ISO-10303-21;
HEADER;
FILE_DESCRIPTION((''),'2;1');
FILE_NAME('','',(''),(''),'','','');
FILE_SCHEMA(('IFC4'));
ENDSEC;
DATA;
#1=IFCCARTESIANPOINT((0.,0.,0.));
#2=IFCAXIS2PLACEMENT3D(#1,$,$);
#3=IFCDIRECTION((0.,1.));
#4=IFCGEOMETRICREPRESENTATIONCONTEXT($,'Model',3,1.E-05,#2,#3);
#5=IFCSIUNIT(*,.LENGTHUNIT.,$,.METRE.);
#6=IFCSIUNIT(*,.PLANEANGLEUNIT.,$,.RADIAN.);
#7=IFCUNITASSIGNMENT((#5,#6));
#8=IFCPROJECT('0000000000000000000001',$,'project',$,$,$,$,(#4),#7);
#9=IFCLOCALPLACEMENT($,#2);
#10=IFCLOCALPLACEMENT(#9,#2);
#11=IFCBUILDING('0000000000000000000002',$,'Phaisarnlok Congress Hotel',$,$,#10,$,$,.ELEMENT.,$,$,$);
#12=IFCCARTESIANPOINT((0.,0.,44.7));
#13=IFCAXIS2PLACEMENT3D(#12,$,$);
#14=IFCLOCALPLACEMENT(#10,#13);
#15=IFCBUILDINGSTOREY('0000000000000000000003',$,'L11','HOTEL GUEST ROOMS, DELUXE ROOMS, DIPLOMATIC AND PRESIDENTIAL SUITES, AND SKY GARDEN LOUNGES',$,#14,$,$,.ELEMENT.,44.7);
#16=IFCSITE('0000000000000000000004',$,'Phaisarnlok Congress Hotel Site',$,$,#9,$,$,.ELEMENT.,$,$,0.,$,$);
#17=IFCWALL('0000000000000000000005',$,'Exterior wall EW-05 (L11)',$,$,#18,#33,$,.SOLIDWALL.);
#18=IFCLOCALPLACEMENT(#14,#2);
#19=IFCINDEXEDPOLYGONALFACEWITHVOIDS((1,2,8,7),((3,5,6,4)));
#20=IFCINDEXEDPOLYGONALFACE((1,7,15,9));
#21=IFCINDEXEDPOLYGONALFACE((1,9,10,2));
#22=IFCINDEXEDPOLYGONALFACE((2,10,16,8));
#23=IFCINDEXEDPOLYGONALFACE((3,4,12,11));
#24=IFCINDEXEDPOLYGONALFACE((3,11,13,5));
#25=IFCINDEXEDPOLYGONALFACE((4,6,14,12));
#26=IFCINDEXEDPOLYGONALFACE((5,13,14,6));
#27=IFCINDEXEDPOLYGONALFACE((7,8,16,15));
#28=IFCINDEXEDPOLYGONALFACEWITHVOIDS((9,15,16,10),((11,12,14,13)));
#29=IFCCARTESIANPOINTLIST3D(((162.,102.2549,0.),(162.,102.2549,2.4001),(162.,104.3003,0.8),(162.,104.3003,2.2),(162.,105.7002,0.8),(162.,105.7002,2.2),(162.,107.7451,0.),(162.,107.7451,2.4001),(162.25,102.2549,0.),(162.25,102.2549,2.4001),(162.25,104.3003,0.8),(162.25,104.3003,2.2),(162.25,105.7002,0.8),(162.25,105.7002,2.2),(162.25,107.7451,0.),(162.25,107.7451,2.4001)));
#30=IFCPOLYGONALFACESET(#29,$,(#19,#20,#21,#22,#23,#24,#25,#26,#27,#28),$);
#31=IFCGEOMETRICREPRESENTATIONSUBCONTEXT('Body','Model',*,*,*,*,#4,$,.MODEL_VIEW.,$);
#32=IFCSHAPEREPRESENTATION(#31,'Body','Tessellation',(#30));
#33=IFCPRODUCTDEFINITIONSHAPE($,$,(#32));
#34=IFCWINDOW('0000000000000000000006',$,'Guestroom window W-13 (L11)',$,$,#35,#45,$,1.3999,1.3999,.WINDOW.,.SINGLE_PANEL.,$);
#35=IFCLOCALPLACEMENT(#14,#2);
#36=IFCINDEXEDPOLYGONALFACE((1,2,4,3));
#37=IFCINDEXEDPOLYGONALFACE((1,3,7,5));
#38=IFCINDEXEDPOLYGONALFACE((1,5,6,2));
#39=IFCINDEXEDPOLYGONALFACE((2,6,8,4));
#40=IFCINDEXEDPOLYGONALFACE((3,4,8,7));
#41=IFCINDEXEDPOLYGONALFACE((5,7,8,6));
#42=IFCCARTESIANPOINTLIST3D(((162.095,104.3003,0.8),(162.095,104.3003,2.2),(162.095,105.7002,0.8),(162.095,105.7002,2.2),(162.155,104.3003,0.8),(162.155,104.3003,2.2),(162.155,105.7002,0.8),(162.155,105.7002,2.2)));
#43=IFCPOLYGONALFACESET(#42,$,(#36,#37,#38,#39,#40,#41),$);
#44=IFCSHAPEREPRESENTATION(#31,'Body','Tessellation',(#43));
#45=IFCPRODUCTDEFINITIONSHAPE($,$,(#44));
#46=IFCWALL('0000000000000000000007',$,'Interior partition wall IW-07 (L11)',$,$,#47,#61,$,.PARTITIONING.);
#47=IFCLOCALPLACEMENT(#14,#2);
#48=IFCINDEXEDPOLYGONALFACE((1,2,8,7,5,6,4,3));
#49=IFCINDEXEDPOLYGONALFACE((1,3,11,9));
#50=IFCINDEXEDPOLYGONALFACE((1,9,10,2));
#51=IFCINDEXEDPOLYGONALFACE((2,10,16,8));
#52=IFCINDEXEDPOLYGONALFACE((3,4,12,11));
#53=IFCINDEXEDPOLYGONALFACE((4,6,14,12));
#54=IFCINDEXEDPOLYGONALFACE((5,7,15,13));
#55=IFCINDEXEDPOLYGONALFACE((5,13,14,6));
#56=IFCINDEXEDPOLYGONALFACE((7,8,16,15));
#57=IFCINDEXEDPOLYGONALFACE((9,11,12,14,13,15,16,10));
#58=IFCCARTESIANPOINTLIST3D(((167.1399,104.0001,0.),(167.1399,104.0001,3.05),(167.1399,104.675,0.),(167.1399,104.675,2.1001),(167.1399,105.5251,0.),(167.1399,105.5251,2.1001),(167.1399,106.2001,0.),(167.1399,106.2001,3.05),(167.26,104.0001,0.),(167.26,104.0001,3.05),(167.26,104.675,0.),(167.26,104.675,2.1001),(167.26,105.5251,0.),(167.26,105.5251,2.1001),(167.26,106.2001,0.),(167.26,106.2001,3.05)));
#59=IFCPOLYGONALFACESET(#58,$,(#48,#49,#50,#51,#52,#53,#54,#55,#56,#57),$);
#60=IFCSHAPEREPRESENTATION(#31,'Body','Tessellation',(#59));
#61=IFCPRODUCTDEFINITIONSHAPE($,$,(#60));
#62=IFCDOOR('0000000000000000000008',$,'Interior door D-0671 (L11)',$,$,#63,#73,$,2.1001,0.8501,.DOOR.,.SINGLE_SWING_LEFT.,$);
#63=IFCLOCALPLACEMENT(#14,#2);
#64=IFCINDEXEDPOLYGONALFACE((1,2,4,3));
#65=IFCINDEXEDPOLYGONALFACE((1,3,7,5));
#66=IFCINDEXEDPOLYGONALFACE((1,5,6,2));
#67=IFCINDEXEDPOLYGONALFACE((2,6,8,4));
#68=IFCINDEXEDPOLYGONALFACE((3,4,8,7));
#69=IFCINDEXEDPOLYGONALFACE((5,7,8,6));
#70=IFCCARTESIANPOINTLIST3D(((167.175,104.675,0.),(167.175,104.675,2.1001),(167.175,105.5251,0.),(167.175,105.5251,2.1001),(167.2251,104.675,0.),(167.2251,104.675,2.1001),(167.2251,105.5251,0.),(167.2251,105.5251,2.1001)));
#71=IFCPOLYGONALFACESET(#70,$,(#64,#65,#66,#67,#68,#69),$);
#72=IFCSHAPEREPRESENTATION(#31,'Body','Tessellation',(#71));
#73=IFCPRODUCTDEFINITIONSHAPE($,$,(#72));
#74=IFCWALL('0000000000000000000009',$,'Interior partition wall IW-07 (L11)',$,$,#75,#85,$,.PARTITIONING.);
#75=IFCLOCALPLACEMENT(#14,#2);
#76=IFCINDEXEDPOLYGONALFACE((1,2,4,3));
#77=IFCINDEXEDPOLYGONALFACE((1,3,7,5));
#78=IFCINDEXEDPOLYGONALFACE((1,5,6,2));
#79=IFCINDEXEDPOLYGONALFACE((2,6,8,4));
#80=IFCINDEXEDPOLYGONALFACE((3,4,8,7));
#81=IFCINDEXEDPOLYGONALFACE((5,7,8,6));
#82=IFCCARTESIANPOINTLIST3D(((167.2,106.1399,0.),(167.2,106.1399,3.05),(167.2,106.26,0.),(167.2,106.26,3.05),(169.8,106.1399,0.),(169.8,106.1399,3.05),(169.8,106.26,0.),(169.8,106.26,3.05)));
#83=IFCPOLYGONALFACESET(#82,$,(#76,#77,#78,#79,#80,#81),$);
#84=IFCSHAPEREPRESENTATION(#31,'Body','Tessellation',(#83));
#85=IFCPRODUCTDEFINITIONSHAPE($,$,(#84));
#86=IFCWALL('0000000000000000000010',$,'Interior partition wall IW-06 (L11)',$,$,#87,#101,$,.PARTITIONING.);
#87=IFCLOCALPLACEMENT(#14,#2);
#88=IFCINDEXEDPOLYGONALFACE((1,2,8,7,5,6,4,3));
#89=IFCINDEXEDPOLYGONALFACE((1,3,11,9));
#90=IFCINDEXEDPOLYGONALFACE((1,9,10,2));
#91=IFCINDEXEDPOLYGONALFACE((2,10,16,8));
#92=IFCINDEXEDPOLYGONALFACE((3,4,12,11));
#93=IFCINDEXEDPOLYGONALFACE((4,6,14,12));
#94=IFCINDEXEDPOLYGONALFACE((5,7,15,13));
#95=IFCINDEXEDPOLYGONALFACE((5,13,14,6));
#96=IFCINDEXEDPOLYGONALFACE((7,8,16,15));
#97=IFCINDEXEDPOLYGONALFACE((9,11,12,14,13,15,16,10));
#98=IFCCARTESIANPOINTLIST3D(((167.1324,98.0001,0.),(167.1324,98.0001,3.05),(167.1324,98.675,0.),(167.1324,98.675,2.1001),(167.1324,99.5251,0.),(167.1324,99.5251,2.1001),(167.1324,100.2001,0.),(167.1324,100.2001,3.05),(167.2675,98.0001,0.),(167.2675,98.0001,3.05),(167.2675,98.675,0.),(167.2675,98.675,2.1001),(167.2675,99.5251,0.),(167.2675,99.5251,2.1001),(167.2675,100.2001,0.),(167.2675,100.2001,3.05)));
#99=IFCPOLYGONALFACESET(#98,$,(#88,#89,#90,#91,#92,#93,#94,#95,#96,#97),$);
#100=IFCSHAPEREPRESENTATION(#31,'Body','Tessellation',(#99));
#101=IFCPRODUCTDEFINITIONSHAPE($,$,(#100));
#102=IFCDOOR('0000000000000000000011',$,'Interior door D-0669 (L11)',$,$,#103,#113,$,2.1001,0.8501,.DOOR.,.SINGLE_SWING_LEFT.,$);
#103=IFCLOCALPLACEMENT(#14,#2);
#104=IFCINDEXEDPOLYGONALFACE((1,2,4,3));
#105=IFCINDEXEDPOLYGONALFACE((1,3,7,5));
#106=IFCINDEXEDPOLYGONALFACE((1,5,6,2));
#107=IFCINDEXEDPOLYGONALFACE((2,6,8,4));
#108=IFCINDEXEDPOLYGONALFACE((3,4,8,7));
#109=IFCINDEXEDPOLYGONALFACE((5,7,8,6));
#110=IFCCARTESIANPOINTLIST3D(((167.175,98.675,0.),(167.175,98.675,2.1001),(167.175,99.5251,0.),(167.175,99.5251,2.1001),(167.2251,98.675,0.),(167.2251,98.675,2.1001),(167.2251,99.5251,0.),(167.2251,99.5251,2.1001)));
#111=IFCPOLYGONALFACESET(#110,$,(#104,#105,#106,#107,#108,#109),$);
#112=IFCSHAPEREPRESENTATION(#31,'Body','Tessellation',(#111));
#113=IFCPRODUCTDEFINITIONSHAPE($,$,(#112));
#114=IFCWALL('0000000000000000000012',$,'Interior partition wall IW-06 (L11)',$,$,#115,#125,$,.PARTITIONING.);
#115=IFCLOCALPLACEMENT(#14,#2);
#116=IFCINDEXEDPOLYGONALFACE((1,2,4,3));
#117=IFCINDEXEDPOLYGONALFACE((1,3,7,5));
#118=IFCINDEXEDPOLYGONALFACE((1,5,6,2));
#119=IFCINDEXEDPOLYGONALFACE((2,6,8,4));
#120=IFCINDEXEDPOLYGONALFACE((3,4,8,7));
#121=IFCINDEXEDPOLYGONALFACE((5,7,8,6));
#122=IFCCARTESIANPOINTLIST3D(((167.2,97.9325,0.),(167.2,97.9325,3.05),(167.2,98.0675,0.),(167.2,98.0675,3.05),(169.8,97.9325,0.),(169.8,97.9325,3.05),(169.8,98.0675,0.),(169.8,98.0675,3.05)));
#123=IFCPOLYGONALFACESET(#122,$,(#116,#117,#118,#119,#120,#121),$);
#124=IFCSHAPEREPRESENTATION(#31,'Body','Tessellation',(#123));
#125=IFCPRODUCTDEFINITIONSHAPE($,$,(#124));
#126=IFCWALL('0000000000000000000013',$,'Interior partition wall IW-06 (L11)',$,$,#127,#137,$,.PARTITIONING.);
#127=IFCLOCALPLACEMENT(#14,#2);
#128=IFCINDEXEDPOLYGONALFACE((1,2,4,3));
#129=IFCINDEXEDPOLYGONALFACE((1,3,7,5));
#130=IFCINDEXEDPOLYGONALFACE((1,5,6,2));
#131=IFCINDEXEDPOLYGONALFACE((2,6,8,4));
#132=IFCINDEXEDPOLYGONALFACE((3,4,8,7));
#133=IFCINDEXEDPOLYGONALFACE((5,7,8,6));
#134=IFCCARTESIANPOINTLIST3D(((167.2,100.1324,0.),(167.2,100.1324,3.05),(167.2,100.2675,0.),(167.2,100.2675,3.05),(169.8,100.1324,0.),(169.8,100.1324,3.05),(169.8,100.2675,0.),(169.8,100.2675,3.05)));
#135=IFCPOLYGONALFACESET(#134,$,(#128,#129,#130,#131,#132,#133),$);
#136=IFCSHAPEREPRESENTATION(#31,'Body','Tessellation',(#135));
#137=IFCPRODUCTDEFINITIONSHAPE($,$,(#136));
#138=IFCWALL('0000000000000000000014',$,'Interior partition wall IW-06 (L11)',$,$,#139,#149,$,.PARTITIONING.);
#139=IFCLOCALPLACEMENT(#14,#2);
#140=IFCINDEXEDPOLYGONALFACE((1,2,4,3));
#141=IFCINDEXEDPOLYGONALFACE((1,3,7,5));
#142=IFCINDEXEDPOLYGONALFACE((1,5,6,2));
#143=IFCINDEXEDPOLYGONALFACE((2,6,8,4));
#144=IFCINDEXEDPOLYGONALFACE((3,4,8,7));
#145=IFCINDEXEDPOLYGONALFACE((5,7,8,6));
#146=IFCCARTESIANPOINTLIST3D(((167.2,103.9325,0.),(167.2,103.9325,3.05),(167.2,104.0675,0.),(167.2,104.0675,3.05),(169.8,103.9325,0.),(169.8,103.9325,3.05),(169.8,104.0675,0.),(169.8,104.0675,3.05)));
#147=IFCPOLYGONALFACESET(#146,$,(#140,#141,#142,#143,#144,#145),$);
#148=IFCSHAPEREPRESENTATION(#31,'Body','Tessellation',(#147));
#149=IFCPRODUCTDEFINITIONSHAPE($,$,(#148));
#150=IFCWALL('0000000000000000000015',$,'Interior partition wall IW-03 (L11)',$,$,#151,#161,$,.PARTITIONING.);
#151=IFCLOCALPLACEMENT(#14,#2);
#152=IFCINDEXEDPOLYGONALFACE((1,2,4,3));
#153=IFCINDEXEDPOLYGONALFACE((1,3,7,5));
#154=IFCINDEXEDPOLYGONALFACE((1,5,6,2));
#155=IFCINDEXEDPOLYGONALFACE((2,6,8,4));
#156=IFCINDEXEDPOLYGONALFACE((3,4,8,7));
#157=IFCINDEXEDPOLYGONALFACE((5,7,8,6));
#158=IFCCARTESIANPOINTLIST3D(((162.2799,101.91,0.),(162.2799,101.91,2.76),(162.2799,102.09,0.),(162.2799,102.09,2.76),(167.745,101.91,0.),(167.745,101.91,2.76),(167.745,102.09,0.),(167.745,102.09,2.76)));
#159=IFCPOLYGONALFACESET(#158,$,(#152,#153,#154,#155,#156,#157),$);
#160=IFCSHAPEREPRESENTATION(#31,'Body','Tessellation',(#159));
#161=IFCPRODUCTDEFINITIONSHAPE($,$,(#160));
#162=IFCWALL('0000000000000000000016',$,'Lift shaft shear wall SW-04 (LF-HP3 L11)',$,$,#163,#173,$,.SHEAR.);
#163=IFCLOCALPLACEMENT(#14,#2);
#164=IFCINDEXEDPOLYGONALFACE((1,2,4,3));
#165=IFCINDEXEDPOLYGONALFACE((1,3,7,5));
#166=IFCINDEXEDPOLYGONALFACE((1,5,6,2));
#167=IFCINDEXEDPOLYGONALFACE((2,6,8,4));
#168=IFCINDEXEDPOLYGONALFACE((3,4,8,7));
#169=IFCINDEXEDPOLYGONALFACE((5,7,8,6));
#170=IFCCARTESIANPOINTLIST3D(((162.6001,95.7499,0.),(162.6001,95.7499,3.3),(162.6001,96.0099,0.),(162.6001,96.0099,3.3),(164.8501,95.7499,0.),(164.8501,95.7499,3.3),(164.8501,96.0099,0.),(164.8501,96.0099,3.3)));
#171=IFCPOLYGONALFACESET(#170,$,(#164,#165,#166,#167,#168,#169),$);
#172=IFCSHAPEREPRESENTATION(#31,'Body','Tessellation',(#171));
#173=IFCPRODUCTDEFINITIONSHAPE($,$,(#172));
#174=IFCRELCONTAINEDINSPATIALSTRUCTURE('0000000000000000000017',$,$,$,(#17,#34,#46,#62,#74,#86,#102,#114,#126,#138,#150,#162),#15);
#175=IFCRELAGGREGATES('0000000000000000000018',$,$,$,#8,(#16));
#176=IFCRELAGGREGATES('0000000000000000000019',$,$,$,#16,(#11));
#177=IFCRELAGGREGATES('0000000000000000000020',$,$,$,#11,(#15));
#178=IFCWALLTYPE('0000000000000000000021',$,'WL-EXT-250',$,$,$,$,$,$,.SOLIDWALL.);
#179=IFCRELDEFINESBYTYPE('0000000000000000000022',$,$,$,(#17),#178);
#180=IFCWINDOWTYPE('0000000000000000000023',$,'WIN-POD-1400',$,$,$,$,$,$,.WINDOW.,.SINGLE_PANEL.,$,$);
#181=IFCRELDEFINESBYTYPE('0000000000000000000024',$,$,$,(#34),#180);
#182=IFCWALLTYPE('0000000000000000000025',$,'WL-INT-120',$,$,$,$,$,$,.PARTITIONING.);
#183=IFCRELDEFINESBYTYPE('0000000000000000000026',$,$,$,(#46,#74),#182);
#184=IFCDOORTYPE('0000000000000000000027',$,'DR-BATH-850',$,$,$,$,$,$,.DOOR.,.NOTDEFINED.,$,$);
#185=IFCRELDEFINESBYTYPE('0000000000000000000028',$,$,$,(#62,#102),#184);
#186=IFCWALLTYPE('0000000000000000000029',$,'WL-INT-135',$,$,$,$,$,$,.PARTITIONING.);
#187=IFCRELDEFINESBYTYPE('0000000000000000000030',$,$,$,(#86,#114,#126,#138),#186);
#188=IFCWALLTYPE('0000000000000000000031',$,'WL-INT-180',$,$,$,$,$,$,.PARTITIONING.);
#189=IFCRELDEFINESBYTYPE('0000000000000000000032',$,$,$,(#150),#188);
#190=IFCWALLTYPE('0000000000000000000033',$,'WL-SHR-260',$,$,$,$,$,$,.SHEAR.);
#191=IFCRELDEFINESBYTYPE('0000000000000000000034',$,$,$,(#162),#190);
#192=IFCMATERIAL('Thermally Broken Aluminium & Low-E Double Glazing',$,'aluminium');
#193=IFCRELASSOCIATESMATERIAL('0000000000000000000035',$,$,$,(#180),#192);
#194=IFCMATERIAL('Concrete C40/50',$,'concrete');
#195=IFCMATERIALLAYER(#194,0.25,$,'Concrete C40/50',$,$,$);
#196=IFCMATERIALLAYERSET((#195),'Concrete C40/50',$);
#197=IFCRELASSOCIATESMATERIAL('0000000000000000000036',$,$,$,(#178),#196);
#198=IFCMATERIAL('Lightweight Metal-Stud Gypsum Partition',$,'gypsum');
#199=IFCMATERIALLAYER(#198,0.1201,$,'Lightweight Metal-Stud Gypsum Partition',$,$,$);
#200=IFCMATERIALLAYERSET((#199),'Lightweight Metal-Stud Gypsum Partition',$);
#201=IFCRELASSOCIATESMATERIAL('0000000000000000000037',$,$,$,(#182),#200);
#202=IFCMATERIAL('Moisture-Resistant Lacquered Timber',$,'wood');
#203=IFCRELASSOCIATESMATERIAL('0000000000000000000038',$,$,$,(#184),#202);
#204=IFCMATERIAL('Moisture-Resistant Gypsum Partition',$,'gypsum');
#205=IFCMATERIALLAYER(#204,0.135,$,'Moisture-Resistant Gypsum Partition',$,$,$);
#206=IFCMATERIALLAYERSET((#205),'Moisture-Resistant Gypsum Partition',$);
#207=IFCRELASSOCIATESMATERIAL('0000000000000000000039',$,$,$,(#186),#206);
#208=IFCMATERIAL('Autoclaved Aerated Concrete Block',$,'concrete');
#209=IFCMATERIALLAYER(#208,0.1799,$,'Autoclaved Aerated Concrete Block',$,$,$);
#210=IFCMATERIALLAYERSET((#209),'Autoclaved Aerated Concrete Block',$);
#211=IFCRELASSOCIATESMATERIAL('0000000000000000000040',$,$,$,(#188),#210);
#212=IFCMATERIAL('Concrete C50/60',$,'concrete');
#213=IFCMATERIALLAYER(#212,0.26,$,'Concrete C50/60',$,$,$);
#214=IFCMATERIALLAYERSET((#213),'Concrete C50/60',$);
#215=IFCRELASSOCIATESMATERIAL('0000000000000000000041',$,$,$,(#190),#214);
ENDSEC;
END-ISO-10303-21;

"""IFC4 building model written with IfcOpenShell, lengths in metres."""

from ifc_helpers import new_model, si_unit, direction, frame, frame_2d, origin, place, context, subcontext, project, spatial, rectangle, extrude, material, layer, layer_set, type_object, element, fill, save


model = new_model("IFC4")

# Units and contexts
model_context = context("Model", 3, precision=1e-05, world=origin(), true_north=direction((0.0, 1.0)))
body_context = subcontext(model_context, "Body", "Model", "MODEL_VIEW")
ifc_project = project(units=[si_unit("LENGTHUNIT", "METRE"), si_unit("PLANEANGLEUNIT", "RADIAN")], contexts=[model_context])

# Site, building, storey
site_placement = place(None, origin())
site = spatial("IfcSite", under=ifc_project, at=site_placement, Name="Phaisarnlok Congress Hotel Site", CompositionType="ELEMENT", RefElevation=0.0)
building_placement = place(site_placement, origin())
building = spatial("IfcBuilding", under=site, at=building_placement, Name="Phaisarnlok Congress Hotel", CompositionType="ELEMENT")
storey_placement = place(building_placement, frame((0.0, 0.0, 44.7)))
storey = spatial("IfcBuildingStorey", under=building, at=storey_placement, Name="L11", Description="HOTEL GUEST ROOMS, DELUXE ROOMS, DIPLOMATIC AND PRESIDENTIAL SUITES, AND SKY GARDEN LOUNGES", CompositionType="ELEMENT", Elevation=44.7)

# Shared definitions
ifc_material_1 = material(Name="Concrete C50/60", Category="concrete")

# Shared definitions
ifc_material_2 = material(Name="Concrete C40/50", Category="concrete")

# Wall, opening, window
ifc_material_3 = material(Name="Thermally Broken Aluminium & Low-E Double Glazing", Category="aluminium")
window_type = type_object("IfcWindowType", Name="WIN-POD-1400", PartitioningType="SINGLE_PANEL", PredefinedType="WINDOW", material=ifc_material_3)
ifc_layer_1 = layer(ifc_material_2, 0.25, Name="Concrete C40/50")
ifc_layer_set_1 = layer_set([ifc_layer_1], Name="Concrete C40/50")
wall_type_1 = type_object("IfcWallType", Name="WL-EXT-250", PredefinedType="SOLIDWALL", material=ifc_layer_set_1)
wall_1_placement = place(storey_placement, frame((162.125, 107.7451, 0.0), z_axis=(0.0, 0.0, 1.0), x_axis=(0.0, -1.0, 0.0)))
wall_1 = element("IfcWall", 1, at=wall_1_placement, inside=storey, type_object=wall_type_1, Name="Exterior wall EW-05 (L11)", PredefinedType="SOLIDWALL", context=body_context, shape_type="SweptSolid", body=[
    extrude(rectangle(XDim=5.4902, YDim=0.25, at=frame_2d((2.7451, 0.0))), origin(), (0.0, 0.0, 1.0), 2.4001),
])
opening_1_placement = place(wall_1_placement, frame((2.0449, 0.0, 0.8)))
opening_1 = element("IfcOpeningElement", 2, at=opening_1_placement, cuts=wall_1, PredefinedType="OPENING", context=body_context, shape_type="SweptSolid", body=[
    extrude(rectangle(XDim=1.3999, YDim=1.3999, at=frame_2d((0.7, 0.7))), frame((0.0, 0.135, 0.0), z_axis=(0.0, -1.0, 0.0), x_axis=(1.0, 0.0, 0.0)), (0.0, 0.0, 1.0), 0.27),
])
window_1_placement = place(opening_1_placement, origin())
window_1 = element("IfcWindow", 3, at=window_1_placement, inside=storey, type_object=window_type, Name="Guestroom window W-13 (L11)", OverallHeight=1.3999, OverallWidth=1.3999, PartitioningType="SINGLE_PANEL", PredefinedType="WINDOW", context=body_context, shape_type="SweptSolid", body=[
    extrude(rectangle(XDim=1.3999, YDim=1.3999, at=frame_2d((0.7, 0.7))), frame((0.0, 0.03, 0.0), z_axis=(0.0, -1.0, 0.0), x_axis=(1.0, 0.0, 0.0)), (0.0, 0.0, 1.0), 0.0601),
])
fill(opening_1, window_1)

# Wall, opening, door
ifc_material_4 = material(Name="Lightweight Metal-Stud Gypsum Partition", Category="gypsum")
ifc_layer_2 = layer(ifc_material_4, 0.1201, Name="Lightweight Metal-Stud Gypsum Partition")
ifc_layer_set_2 = layer_set([ifc_layer_2], Name="Lightweight Metal-Stud Gypsum Partition")
wall_type_2 = type_object("IfcWallType", Name="WL-INT-120", PredefinedType="PARTITIONING", material=ifc_layer_set_2)
wall_2_placement = place(storey_placement, frame((167.2, 104.0, 0.0), z_axis=(0.0, 0.0, 1.0), x_axis=(0.0, 1.0, 0.0)))
wall_2 = element("IfcWall", 4, at=wall_2_placement, inside=storey, type_object=wall_type_2, Name="Interior partition wall IW-07 (L11)", PredefinedType="PARTITIONING", context=body_context, shape_type="SweptSolid", body=[
    extrude(rectangle(XDim=2.2, YDim=0.1201, at=frame_2d((1.1001, 0.0))), origin(), (0.0, 0.0, 1.0), 3.05),
])
opening_2_placement = place(wall_2_placement, frame((0.675, 0.0, 0.0)))
opening_2 = element("IfcOpeningElement", 5, at=opening_2_placement, cuts=wall_2, PredefinedType="OPENING", context=body_context, shape_type="SweptSolid", body=[
    extrude(rectangle(XDim=0.8501, YDim=2.1001, at=frame_2d((0.425, 1.05))), frame((0.0, 0.0701, 0.0), z_axis=(0.0, -1.0, 0.0), x_axis=(1.0, 0.0, 0.0)), (0.0, 0.0, 1.0), 0.1401),
])
ifc_material_5 = material(Name="Moisture-Resistant Lacquered Timber", Category="wood")
door_type = type_object("IfcDoorType", Name="DR-BATH-850", OperationType="NOTDEFINED", PredefinedType="DOOR", material=ifc_material_5)
door_1_placement = place(opening_2_placement, origin())
door_1 = element("IfcDoor", 6, at=door_1_placement, inside=storey, type_object=door_type, Name="Interior door D-0671 (L11)", OperationType="SINGLE_SWING_LEFT", OverallHeight=2.1001, OverallWidth=0.8501, PredefinedType="DOOR", context=body_context, shape_type="SweptSolid", body=[
    extrude(rectangle(XDim=0.8501, YDim=2.1001, at=frame_2d((0.425, 1.05))), frame((0.0, 0.0249, 0.0), z_axis=(0.0, -1.0, 0.0), x_axis=(1.0, 0.0, 0.0)), (0.0, 0.0, 1.0), 0.05),
])
fill(opening_2, door_1)

# Wall
wall_3_placement = place(storey_placement, frame((167.2, 106.2, 0.0), z_axis=(0.0, 0.0, 1.0), x_axis=(1.0, 0.0, 0.0)))
element("IfcWall", 7, at=wall_3_placement, inside=storey, type_object=wall_type_2, Name="Interior partition wall IW-07 (L11)", PredefinedType="PARTITIONING", context=body_context, shape_type="SweptSolid", body=[
    extrude(rectangle(XDim=2.6001, YDim=0.1201, at=frame_2d((1.3, 0.0))), origin(), (0.0, 0.0, 1.0), 3.05),
])

# Wall, opening, door
ifc_material_6 = material(Name="Moisture-Resistant Gypsum Partition", Category="gypsum")
ifc_layer_3 = layer(ifc_material_6, 0.135, Name="Moisture-Resistant Gypsum Partition")
ifc_layer_set_3 = layer_set([ifc_layer_3], Name="Moisture-Resistant Gypsum Partition")
wall_type_3 = type_object("IfcWallType", Name="WL-INT-135", PredefinedType="PARTITIONING", material=ifc_layer_set_3)
wall_4_placement = place(storey_placement, frame((167.2, 98.0, 0.0), z_axis=(0.0, 0.0, 1.0), x_axis=(0.0, 1.0, 0.0)))
wall_4 = element("IfcWall", 8, at=wall_4_placement, inside=storey, type_object=wall_type_3, Name="Interior partition wall IW-06 (L11)", PredefinedType="PARTITIONING", context=body_context, shape_type="SweptSolid", body=[
    extrude(rectangle(XDim=2.2, YDim=0.135, at=frame_2d((1.1001, 0.0))), origin(), (0.0, 0.0, 1.0), 3.05),
])
opening_3_placement = place(wall_4_placement, frame((0.675, 0.0, 0.0)))
opening_3 = element("IfcOpeningElement", 9, at=opening_3_placement, cuts=wall_4, PredefinedType="OPENING", context=body_context, shape_type="SweptSolid", body=[
    extrude(rectangle(XDim=0.8501, YDim=2.1001, at=frame_2d((0.425, 1.05))), frame((0.0, 0.0776, 0.0), z_axis=(0.0, -1.0, 0.0), x_axis=(1.0, 0.0, 0.0)), (0.0, 0.0, 1.0), 0.155),
])
door_2_placement = place(opening_3_placement, origin())
door_2 = element("IfcDoor", 10, at=door_2_placement, inside=storey, type_object=door_type, Name="Interior door D-0669 (L11)", OperationType="SINGLE_SWING_LEFT", OverallHeight=2.1001, OverallWidth=0.8501, PredefinedType="DOOR", context=body_context, shape_type="SweptSolid", body=[
    extrude(rectangle(XDim=0.8501, YDim=2.1001, at=frame_2d((0.425, 1.05))), frame((0.0, 0.0249, 0.0), z_axis=(0.0, -1.0, 0.0), x_axis=(1.0, 0.0, 0.0)), (0.0, 0.0, 1.0), 0.05),
])
fill(opening_3, door_2)

# Walls
for number, where, z_axis, x_axis, name in (
    (11, (167.2, 98.0, 0.0), (0.0, 0.0, 1.0), (1.0, 0.0, 0.0), "Interior partition wall IW-06 (L11)"),
    (12, (167.2, 100.2, 0.0), (0.0, 0.0, 1.0), (1.0, 0.0, 0.0), "Interior partition wall IW-06 (L11)"),
    (13, (167.2, 104.0, 0.0), (0.0, 0.0, 1.0), (1.0, 0.0, 0.0), "Interior partition wall IW-06 (L11)"),
):
    element("IfcWall", number, at=place(storey_placement, frame(where, z_axis=z_axis, x_axis=x_axis)), inside=storey, type_object=wall_type_3, Name=name, PredefinedType="PARTITIONING", context=body_context, shape_type="SweptSolid", body=[
        extrude(rectangle(XDim=2.6001, YDim=0.135, at=frame_2d((1.3, 0.0))), origin(), (0.0, 0.0, 1.0), 3.05),
    ])
ifc_material_7 = material(Name="Autoclaved Aerated Concrete Block", Category="concrete")
ifc_layer_4 = layer(ifc_material_7, 0.1799, Name="Autoclaved Aerated Concrete Block")
ifc_layer_set_4 = layer_set([ifc_layer_4], Name="Autoclaved Aerated Concrete Block")
wall_type_4 = type_object("IfcWallType", Name="WL-INT-180", PredefinedType="PARTITIONING", material=ifc_layer_set_4)
wall_5_placement = place(storey_placement, frame((162.28, 102.0, 0.0), z_axis=(0.0, 0.0, 1.0), x_axis=(1.0, 0.0, 0.0)))
element("IfcWall", 14, at=wall_5_placement, inside=storey, type_object=wall_type_4, Name="Interior partition wall IW-03 (L11)", PredefinedType="PARTITIONING", context=body_context, shape_type="SweptSolid", body=[
    extrude(rectangle(XDim=5.4651, YDim=0.1799, at=frame_2d((2.7324, 0.0))), origin(), (0.0, 0.0, 1.0), 2.76),
])
ifc_layer_5 = layer(ifc_material_1, 0.26, Name="Concrete C50/60")
ifc_layer_set_5 = layer_set([ifc_layer_5], Name="Concrete C50/60")
wall_type_5 = type_object("IfcWallType", Name="WL-SHR-260", PredefinedType="SHEAR", material=ifc_layer_set_5)
for number, where, z_axis, x_axis, name in (
    (15, (162.6001, 95.8799, 0.0), (0.0, 0.0, 1.0), (1.0, 0.0, 0.0), "Lift shaft shear wall SW-04 (LF-HP3 L11)"),
):
    element("IfcWall", number, at=place(storey_placement, frame(where, z_axis=z_axis, x_axis=x_axis)), inside=storey, type_object=wall_type_5, Name=name, PredefinedType="SHEAR", context=body_context, shape_type="SweptSolid", body=[
        extrude(rectangle(XDim=2.25, YDim=0.26, at=frame_2d((1.125, 0.0))), origin(), (0.0, 0.0, 1.0), 3.3),
    ])

save(model, "model.ifc")
